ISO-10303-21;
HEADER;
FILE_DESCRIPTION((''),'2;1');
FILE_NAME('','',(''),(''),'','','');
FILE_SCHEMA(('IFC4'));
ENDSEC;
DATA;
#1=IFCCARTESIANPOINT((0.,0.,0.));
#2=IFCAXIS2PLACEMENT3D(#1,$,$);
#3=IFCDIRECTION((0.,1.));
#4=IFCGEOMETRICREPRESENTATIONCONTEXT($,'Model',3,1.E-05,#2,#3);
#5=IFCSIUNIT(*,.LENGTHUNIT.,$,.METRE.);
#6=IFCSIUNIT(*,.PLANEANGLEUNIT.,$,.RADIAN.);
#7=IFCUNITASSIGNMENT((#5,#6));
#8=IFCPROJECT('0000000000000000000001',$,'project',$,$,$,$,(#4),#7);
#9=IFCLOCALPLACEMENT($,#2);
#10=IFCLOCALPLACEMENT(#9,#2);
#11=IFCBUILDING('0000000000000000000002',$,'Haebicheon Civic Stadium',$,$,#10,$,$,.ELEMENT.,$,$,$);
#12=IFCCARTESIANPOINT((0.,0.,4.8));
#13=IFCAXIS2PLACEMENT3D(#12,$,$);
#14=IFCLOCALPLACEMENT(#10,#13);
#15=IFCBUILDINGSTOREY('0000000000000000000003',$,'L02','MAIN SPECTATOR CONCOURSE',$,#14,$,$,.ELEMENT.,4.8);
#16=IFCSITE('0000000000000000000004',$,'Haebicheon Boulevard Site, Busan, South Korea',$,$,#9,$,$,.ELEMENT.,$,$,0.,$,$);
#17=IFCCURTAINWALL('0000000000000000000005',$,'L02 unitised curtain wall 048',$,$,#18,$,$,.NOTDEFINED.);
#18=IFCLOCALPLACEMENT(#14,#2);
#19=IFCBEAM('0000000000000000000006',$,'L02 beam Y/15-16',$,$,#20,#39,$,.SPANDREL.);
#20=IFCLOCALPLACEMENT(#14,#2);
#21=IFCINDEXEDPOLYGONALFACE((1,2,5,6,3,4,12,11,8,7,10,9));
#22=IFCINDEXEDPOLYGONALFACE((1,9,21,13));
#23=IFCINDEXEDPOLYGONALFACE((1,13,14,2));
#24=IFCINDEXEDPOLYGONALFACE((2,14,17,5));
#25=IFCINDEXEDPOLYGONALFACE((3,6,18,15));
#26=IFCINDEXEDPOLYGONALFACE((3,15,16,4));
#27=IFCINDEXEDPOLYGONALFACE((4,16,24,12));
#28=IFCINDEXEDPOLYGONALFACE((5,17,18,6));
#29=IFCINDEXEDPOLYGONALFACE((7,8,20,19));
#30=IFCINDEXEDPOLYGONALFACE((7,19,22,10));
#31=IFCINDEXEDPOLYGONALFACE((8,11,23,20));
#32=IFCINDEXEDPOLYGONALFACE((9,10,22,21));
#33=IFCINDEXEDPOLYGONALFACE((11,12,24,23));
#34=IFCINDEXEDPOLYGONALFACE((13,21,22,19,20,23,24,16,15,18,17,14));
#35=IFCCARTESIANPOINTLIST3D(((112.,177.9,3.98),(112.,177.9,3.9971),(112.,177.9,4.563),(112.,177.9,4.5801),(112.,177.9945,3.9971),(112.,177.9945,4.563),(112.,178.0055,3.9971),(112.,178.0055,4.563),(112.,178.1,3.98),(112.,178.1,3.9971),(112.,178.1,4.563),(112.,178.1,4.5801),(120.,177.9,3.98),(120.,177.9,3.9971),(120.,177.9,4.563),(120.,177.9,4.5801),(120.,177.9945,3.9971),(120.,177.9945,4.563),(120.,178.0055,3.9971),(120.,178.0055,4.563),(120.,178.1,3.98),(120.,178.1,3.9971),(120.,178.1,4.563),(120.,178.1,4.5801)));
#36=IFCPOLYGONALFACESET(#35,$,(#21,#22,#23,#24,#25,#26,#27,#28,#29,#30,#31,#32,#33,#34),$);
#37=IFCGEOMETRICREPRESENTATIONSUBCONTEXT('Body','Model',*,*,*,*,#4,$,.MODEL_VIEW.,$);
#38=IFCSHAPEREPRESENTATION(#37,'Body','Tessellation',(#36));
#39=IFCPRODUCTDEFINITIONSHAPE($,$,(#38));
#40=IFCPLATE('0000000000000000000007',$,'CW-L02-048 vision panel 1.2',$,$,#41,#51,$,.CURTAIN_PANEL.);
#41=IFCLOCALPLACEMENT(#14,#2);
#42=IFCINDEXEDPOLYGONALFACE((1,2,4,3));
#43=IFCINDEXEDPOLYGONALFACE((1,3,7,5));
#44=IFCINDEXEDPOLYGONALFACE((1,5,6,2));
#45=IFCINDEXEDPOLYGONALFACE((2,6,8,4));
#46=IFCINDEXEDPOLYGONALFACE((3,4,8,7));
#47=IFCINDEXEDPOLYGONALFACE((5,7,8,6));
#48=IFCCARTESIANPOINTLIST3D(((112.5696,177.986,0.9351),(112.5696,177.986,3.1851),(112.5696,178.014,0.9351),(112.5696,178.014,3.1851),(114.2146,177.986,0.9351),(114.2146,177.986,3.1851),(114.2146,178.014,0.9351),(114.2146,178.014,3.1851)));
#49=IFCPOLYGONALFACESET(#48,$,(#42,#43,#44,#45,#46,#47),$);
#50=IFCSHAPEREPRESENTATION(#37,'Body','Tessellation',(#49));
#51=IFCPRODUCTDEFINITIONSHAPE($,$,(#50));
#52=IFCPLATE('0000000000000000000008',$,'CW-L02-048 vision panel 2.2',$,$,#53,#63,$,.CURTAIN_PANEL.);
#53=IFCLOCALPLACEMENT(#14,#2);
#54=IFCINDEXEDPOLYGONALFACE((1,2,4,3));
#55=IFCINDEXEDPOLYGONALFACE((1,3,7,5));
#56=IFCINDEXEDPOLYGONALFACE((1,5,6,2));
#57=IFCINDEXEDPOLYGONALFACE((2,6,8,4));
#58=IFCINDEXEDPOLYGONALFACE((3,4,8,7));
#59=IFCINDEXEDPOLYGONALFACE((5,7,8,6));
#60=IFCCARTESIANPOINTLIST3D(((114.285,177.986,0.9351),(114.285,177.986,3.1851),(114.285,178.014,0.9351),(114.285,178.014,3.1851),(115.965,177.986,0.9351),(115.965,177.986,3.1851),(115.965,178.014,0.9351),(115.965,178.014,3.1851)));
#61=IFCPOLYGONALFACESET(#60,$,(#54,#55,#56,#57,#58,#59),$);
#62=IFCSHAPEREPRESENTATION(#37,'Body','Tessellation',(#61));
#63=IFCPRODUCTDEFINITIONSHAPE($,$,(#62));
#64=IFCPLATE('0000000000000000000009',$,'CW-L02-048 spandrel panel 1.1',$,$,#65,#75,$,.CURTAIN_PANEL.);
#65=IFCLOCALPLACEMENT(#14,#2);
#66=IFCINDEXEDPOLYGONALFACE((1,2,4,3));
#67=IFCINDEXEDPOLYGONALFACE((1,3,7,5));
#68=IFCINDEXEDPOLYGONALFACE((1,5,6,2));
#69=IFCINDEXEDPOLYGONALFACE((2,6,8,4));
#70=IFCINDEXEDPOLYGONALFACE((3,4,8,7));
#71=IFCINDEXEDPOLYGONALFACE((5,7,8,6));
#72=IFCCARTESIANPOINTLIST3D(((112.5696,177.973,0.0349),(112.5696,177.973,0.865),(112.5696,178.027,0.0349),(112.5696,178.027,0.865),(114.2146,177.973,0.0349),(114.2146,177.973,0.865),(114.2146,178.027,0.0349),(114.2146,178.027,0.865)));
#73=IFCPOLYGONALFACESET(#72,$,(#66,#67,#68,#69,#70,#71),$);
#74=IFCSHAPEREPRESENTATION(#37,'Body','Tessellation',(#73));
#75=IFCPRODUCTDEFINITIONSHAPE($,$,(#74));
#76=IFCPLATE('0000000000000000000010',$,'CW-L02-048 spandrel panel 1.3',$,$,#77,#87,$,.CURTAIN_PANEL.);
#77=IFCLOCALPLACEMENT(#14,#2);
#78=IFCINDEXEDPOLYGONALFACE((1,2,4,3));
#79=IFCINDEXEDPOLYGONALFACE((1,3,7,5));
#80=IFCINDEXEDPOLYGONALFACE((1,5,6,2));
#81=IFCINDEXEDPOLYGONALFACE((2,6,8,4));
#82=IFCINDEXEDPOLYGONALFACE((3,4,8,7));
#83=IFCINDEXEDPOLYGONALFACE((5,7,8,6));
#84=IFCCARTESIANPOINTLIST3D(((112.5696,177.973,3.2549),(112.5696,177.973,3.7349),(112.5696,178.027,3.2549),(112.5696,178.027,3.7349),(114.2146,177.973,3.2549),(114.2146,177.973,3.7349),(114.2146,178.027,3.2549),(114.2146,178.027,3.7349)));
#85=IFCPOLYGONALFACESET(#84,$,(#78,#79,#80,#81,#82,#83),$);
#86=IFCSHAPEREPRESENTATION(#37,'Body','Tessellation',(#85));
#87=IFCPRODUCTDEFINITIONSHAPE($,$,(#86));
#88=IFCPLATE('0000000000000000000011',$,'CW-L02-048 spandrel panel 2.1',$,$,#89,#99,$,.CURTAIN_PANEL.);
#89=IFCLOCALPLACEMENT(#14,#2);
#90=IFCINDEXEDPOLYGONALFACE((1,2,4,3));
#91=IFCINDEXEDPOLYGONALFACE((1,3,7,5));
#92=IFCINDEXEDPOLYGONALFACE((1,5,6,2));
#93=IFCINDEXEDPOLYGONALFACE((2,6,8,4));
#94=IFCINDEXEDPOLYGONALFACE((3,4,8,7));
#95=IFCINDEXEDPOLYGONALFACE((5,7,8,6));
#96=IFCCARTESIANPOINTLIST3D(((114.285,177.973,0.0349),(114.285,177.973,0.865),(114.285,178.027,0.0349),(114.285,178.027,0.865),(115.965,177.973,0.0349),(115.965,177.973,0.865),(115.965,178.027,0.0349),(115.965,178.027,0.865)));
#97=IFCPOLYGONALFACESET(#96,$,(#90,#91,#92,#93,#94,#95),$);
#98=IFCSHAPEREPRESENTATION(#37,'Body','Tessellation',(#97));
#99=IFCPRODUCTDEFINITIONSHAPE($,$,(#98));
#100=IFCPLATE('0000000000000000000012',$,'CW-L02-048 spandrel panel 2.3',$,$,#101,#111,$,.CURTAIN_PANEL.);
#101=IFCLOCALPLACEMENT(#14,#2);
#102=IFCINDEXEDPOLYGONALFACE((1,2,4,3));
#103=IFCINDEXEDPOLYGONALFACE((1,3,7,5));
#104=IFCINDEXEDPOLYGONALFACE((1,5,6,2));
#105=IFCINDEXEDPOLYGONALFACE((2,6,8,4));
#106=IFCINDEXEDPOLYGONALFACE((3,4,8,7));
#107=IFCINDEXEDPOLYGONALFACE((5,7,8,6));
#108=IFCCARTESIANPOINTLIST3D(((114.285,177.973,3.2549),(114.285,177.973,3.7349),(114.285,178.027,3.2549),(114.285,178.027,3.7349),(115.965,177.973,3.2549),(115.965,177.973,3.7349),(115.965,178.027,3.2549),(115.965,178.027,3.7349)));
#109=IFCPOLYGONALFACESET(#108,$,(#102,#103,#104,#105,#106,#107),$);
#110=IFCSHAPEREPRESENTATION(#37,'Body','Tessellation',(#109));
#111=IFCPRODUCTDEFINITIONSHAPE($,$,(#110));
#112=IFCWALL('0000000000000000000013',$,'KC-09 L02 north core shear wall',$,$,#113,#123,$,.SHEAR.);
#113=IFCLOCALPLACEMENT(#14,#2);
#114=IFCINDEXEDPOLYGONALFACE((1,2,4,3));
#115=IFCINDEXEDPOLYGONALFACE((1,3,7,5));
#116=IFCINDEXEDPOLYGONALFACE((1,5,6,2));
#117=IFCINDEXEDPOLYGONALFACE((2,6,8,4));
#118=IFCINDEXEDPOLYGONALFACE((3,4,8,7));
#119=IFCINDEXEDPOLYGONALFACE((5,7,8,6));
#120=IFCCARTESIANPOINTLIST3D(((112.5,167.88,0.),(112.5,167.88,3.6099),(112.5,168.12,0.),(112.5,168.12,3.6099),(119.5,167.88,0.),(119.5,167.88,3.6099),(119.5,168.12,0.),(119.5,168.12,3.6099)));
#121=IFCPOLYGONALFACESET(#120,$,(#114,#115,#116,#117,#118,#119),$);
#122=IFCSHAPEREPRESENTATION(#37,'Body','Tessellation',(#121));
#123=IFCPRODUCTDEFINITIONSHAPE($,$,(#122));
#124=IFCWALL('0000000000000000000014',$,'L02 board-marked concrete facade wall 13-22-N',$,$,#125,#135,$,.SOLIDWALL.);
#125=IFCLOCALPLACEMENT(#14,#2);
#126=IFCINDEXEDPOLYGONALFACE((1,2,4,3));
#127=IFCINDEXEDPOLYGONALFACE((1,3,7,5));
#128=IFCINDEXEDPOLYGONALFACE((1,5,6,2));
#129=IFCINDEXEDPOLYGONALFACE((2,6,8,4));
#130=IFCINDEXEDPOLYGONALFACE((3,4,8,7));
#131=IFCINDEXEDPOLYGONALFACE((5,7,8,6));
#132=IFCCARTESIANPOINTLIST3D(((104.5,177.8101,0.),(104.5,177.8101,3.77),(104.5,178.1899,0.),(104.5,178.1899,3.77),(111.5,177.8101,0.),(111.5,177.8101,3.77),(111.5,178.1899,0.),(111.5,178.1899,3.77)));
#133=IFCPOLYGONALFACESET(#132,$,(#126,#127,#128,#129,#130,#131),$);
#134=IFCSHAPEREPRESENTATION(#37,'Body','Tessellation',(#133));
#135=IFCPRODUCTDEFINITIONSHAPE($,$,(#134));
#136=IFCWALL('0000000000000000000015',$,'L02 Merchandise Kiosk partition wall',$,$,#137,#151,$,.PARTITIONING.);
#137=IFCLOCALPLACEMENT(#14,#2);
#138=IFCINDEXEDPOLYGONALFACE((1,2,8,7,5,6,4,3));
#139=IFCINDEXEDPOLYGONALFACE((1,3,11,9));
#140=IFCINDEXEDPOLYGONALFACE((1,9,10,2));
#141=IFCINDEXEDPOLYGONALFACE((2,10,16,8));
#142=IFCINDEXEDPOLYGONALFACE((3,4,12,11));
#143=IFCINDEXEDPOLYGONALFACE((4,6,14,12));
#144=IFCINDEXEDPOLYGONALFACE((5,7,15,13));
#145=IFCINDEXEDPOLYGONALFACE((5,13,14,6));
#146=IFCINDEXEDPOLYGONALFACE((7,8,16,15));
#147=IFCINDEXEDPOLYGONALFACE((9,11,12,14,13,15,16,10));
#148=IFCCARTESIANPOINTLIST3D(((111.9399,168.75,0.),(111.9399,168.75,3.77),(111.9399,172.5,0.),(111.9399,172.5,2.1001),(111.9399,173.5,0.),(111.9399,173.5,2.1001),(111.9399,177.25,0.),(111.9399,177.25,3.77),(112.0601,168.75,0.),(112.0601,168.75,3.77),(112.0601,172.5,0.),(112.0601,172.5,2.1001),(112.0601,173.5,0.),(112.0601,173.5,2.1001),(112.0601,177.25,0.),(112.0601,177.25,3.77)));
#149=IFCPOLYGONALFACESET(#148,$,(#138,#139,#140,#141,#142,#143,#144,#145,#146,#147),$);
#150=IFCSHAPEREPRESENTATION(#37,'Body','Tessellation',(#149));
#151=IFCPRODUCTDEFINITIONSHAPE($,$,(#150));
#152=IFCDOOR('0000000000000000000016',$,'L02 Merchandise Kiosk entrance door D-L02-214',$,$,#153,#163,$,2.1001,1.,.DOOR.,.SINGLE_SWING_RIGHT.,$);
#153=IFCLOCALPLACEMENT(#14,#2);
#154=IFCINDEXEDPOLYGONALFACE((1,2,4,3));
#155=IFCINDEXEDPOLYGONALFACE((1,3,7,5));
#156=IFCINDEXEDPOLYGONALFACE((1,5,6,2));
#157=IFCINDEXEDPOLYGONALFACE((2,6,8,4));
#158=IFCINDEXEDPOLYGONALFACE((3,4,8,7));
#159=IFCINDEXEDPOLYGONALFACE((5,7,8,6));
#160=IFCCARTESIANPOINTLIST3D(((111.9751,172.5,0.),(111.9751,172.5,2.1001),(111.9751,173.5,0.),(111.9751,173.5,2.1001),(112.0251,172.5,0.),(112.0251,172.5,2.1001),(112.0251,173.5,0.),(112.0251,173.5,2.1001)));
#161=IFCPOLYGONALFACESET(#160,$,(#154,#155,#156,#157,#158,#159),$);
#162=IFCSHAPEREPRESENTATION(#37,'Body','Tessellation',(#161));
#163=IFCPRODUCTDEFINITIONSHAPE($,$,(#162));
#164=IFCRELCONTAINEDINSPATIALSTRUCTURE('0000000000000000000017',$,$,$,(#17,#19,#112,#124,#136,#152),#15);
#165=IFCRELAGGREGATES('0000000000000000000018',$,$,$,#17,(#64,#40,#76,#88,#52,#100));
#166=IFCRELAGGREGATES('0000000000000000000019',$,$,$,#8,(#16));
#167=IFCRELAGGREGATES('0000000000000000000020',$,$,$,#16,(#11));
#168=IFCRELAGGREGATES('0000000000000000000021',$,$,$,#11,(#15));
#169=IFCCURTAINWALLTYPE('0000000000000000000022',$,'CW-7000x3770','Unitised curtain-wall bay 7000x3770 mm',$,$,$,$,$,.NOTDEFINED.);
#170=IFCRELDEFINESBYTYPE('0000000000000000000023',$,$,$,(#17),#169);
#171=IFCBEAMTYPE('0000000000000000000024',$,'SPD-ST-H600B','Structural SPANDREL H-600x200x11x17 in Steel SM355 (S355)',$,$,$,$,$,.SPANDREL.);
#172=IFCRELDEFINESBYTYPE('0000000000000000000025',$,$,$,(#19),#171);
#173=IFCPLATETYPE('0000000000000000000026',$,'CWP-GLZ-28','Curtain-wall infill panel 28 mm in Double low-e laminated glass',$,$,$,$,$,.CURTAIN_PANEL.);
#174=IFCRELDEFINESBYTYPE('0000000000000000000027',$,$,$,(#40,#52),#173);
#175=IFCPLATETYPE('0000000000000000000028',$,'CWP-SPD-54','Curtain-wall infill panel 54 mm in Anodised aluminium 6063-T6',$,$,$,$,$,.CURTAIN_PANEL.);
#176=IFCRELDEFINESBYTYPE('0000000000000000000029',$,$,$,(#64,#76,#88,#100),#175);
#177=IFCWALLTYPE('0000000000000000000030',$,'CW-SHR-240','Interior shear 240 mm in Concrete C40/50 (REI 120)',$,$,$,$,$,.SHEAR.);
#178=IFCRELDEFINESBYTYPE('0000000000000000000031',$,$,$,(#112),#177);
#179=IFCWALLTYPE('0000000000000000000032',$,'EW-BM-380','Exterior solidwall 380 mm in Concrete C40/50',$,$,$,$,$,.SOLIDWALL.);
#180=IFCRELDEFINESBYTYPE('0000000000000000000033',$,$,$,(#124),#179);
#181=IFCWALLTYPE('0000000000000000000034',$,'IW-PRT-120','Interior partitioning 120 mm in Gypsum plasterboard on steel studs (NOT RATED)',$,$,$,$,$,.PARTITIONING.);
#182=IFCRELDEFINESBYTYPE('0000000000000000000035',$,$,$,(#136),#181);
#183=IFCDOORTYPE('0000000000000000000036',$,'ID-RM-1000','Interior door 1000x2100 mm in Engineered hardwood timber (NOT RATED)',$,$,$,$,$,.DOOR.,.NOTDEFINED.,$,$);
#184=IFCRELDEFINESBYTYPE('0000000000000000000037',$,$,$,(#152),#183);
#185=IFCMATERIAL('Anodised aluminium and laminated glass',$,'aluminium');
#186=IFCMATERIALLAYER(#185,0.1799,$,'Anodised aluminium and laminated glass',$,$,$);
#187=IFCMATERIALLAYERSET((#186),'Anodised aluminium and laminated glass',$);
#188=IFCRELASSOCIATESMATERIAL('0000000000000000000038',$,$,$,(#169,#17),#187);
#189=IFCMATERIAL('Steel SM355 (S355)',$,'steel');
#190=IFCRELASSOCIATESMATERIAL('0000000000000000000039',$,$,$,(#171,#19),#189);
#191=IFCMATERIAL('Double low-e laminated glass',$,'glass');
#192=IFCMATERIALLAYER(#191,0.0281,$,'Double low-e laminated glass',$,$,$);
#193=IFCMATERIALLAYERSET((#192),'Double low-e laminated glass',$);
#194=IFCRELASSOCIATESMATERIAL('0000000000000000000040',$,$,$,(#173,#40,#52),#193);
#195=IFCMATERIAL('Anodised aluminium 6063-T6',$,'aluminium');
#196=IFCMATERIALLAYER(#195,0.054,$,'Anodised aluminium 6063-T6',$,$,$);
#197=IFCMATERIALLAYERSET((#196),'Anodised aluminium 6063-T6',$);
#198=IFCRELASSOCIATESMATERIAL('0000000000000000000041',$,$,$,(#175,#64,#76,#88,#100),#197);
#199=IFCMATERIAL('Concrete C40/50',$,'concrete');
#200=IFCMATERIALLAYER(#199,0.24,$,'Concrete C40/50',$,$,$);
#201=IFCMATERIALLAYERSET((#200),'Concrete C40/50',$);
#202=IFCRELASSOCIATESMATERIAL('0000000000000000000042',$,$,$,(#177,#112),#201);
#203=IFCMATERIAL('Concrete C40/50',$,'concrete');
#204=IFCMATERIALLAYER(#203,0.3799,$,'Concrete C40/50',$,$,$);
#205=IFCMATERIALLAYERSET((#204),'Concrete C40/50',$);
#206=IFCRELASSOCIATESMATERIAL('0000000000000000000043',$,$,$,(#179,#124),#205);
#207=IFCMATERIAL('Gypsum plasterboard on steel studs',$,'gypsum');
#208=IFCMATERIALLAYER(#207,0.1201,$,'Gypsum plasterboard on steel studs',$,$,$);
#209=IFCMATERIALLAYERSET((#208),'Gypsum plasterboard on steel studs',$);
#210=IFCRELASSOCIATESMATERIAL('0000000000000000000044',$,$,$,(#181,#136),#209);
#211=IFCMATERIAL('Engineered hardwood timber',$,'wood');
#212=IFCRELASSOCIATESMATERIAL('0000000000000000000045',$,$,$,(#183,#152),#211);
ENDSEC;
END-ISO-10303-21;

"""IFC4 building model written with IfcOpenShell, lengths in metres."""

from ifc_helpers import new_model, si_unit, direction, frame, frame_2d, origin, origin_2d, place, context, subcontext, project, spatial, rectangle, i_section, extrude, material, layer, layer_set, material_profile, profile_set, type_object, element, fill, aggregate, save


model = new_model("IFC4")

# Units and contexts
model_context = context("Model", 3, precision=1e-05, world=origin(), true_north=direction((0.0, 1.0)))
body_context = subcontext(model_context, "Body", "Model", "MODEL_VIEW")
ifc_project = project(units=[si_unit("LENGTHUNIT", "METRE"), si_unit("PLANEANGLEUNIT", "RADIAN")], contexts=[model_context])

# Site, building, storey
site_placement = place(None, origin())
site = spatial("IfcSite", under=ifc_project, at=site_placement, Name="Haebicheon Boulevard Site, Busan, South Korea", CompositionType="ELEMENT", RefElevation=0.0)
building_placement = place(site_placement, origin())
building = spatial("IfcBuilding", under=site, at=building_placement, Name="Haebicheon Civic Stadium", CompositionType="ELEMENT")
storey_placement = place(building_placement, frame((0.0, 0.0, 4.8)))
storey = spatial("IfcBuildingStorey", under=building, at=storey_placement, Name="L02", Description="MAIN SPECTATOR CONCOURSE", CompositionType="ELEMENT", Elevation=4.8)

# Curtain wall
ifc_material_1 = material(Name="Anodised aluminium and laminated glass", Category="aluminium")
ifc_layer_1 = layer(ifc_material_1, 0.1799, Name="Anodised aluminium and laminated glass")
ifc_layer_set_1 = layer_set([ifc_layer_1], Name="Anodised aluminium and laminated glass")
curtain_wall_type = type_object("IfcCurtainWallType", Name="CW-7000x3770", Description="Unitised curtain-wall bay 7000x3770 mm", PredefinedType="NOTDEFINED", material=ifc_layer_set_1)
curtain_wall_placement = place(storey_placement, origin())
curtain_wall = element("IfcCurtainWall", 1, at=curtain_wall_placement, inside=storey, type_object=curtain_wall_type, material=ifc_layer_set_1, Name="L02 unitised curtain wall 048", PredefinedType="NOTDEFINED")

# Beam
ifc_material_2 = material(Name="Steel SM355 (S355)", Category="steel")
ifc_material_profile_1 = material_profile(ifc_material_2, i_section(OverallWidth=0.2, OverallDepth=0.6001, WebThickness=0.011, FlangeThickness=0.0171, at=origin_2d()), Name="H-600x200x11x17")
ifc_profile_set_1 = profile_set([ifc_material_profile_1], Name="Steel SM355 (S355)")
beam_type_1 = type_object("IfcBeamType", Name="SPD-ST-H600B", Description="Structural SPANDREL H-600x200x11x17 in Steel SM355 (S355)", PredefinedType="SPANDREL", material=ifc_profile_set_1)
for number, where, z_axis, x_axis, name in (
    (2, (112.0, 178.0, 4.28), (1.0, 0.0, 0.0), (0.0, 1.0, 0.0), "L02 beam Y/15-16"),
):
    element("IfcBeam", number, at=place(storey_placement, frame(where, z_axis=z_axis, x_axis=x_axis)), inside=storey, type_object=beam_type_1, material=ifc_profile_set_1, Name=name, PredefinedType="SPANDREL", context=body_context, shape_type="SweptSolid", body=[
        extrude(i_section(OverallWidth=0.2, OverallDepth=0.6001, WebThickness=0.011, FlangeThickness=0.0171, at=origin_2d()), origin(), (0.0, 0.0, 1.0), 8.0),
    ])

# Plates
ifc_material_3 = material(Name="Double low-e laminated glass", Category="glass")
ifc_layer_2 = layer(ifc_material_3, 0.0281, Name="Double low-e laminated glass")
ifc_layer_set_2 = layer_set([ifc_layer_2], Name="Double low-e laminated glass")
plate_type_1 = type_object("IfcPlateType", Name="CWP-GLZ-28", Description="Curtain-wall infill panel 28 mm in Double low-e laminated glass", PredefinedType="CURTAIN_PANEL", material=ifc_layer_set_2)
plate_1_placement = place(storey_placement, frame((113.3921, 178.0, 0.9351), z_axis=(0.0, 0.0, 1.0), x_axis=(1.0, 0.0, 0.0)))
plate_1 = element("IfcPlate", 3, at=plate_1_placement, type_object=plate_type_1, material=ifc_layer_set_2, Name="CW-L02-048 vision panel 1.2", PredefinedType="CURTAIN_PANEL", context=body_context, shape_type="SweptSolid", body=[
    extrude(rectangle(XDim=1.645, YDim=0.0281, at=origin_2d()), origin(), (0.0, 0.0, 1.0), 2.25),
])
plate_2_placement = place(storey_placement, frame((115.125, 178.0, 0.9351), z_axis=(0.0, 0.0, 1.0), x_axis=(1.0, 0.0, 0.0)))
plate_2 = element("IfcPlate", 4, at=plate_2_placement, type_object=plate_type_1, material=ifc_layer_set_2, Name="CW-L02-048 vision panel 2.2", PredefinedType="CURTAIN_PANEL", context=body_context, shape_type="SweptSolid", body=[
    extrude(rectangle(XDim=1.6799, YDim=0.0281, at=origin_2d()), origin(), (0.0, 0.0, 1.0), 2.25),
])
ifc_material_4 = material(Name="Anodised aluminium 6063-T6", Category="aluminium")
ifc_layer_3 = layer(ifc_material_4, 0.054, Name="Anodised aluminium 6063-T6")
ifc_layer_set_3 = layer_set([ifc_layer_3], Name="Anodised aluminium 6063-T6")
plate_type_2 = type_object("IfcPlateType", Name="CWP-SPD-54", Description="Curtain-wall infill panel 54 mm in Anodised aluminium 6063-T6", PredefinedType="CURTAIN_PANEL", material=ifc_layer_set_3)
plate_3_placement = place(storey_placement, frame((113.3921, 178.0, 0.0349), z_axis=(0.0, 0.0, 1.0), x_axis=(1.0, 0.0, 0.0)))
plate_3 = element("IfcPlate", 5, at=plate_3_placement, type_object=plate_type_2, material=ifc_layer_set_3, Name="CW-L02-048 spandrel panel 1.1", PredefinedType="CURTAIN_PANEL", context=body_context, shape_type="SweptSolid", body=[
    extrude(rectangle(XDim=1.645, YDim=0.054, at=origin_2d()), origin(), (0.0, 0.0, 1.0), 0.8301),
])
plate_4_placement = place(storey_placement, frame((113.3921, 178.0, 3.2549), z_axis=(0.0, 0.0, 1.0), x_axis=(1.0, 0.0, 0.0)))
plate_4 = element("IfcPlate", 6, at=plate_4_placement, type_object=plate_type_2, material=ifc_layer_set_3, Name="CW-L02-048 spandrel panel 1.3", PredefinedType="CURTAIN_PANEL", context=body_context, shape_type="SweptSolid", body=[
    extrude(rectangle(XDim=1.645, YDim=0.054, at=origin_2d()), origin(), (0.0, 0.0, 1.0), 0.48),
])
plate_5_placement = place(storey_placement, frame((115.125, 178.0, 0.0349), z_axis=(0.0, 0.0, 1.0), x_axis=(1.0, 0.0, 0.0)))
plate_5 = element("IfcPlate", 7, at=plate_5_placement, type_object=plate_type_2, material=ifc_layer_set_3, Name="CW-L02-048 spandrel panel 2.1", PredefinedType="CURTAIN_PANEL", context=body_context, shape_type="SweptSolid", body=[
    extrude(rectangle(XDim=1.6799, YDim=0.054, at=origin_2d()), origin(), (0.0, 0.0, 1.0), 0.8301),
])
plate_6_placement = place(storey_placement, frame((115.125, 178.0, 3.2549), z_axis=(0.0, 0.0, 1.0), x_axis=(1.0, 0.0, 0.0)))
plate_6 = element("IfcPlate", 8, at=plate_6_placement, type_object=plate_type_2, material=ifc_layer_set_3, Name="CW-L02-048 spandrel panel 2.3", PredefinedType="CURTAIN_PANEL", context=body_context, shape_type="SweptSolid", body=[
    extrude(rectangle(XDim=1.6799, YDim=0.054, at=origin_2d()), origin(), (0.0, 0.0, 1.0), 0.48),
])
aggregate(curtain_wall, [plate_3, plate_1, plate_4, plate_5, plate_2, plate_6])

# Walls
ifc_material_5 = material(Name="Concrete C40/50", Category="concrete")
ifc_layer_4 = layer(ifc_material_5, 0.24, Name="Concrete C40/50")
ifc_layer_set_4 = layer_set([ifc_layer_4], Name="Concrete C40/50")
wall_type_1 = type_object("IfcWallType", Name="CW-SHR-240", Description="Interior shear 240 mm in Concrete C40/50 (REI 120)", PredefinedType="SHEAR", material=ifc_layer_set_4)
wall_1_placement = place(storey_placement, frame((112.5, 168.0, 0.0), z_axis=(0.0, 0.0, 1.0), x_axis=(1.0, 0.0, 0.0)))
element("IfcWall", 9, at=wall_1_placement, inside=storey, type_object=wall_type_1, material=ifc_layer_set_4, Name="KC-09 L02 north core shear wall", PredefinedType="SHEAR", context=body_context, shape_type="SweptSolid", body=[
    extrude(rectangle(XDim=7.0, YDim=0.24, at=frame_2d((3.5, 0.0))), origin(), (0.0, 0.0, 1.0), 3.6099),
])
ifc_material_6 = material(Name="Concrete C40/50", Category="concrete")
ifc_layer_5 = layer(ifc_material_6, 0.3799, Name="Concrete C40/50")
ifc_layer_set_5 = layer_set([ifc_layer_5], Name="Concrete C40/50")
wall_type_2 = type_object("IfcWallType", Name="EW-BM-380", Description="Exterior solidwall 380 mm in Concrete C40/50", PredefinedType="SOLIDWALL", material=ifc_layer_set_5)
wall_2_placement = place(storey_placement, frame((104.5, 178.0, 0.0), z_axis=(0.0, 0.0, 1.0), x_axis=(1.0, 0.0, 0.0)))
element("IfcWall", 10, at=wall_2_placement, inside=storey, type_object=wall_type_2, material=ifc_layer_set_5, Name="L02 board-marked concrete facade wall 13-22-N", PredefinedType="SOLIDWALL", context=body_context, shape_type="SweptSolid", body=[
    extrude(rectangle(XDim=7.0, YDim=0.3799, at=frame_2d((3.5, 0.0))), origin(), (0.0, 0.0, 1.0), 3.77),
])

# Wall, opening, door
ifc_material_7 = material(Name="Gypsum plasterboard on steel studs", Category="gypsum")
ifc_layer_6 = layer(ifc_material_7, 0.1201, Name="Gypsum plasterboard on steel studs")
ifc_layer_set_6 = layer_set([ifc_layer_6], Name="Gypsum plasterboard on steel studs")
wall_type_3 = type_object("IfcWallType", Name="IW-PRT-120", Description="Interior partitioning 120 mm in Gypsum plasterboard on steel studs (NOT RATED)", PredefinedType="PARTITIONING", material=ifc_layer_set_6)
wall_3_placement = place(storey_placement, frame((112.0, 168.75, 0.0), z_axis=(0.0, 0.0, 1.0), x_axis=(0.0, 1.0, 0.0)))
wall_3 = element("IfcWall", 11, at=wall_3_placement, inside=storey, type_object=wall_type_3, material=ifc_layer_set_6, Name="L02 Merchandise Kiosk partition wall", PredefinedType="PARTITIONING", context=body_context, shape_type="SweptSolid", body=[
    extrude(rectangle(XDim=8.5, YDim=0.1201, at=frame_2d((4.25, 0.0))), origin(), (0.0, 0.0, 1.0), 3.77),
])
opening_placement = place(wall_3_placement, frame((3.75, 0.0, 0.0)))
opening = element("IfcOpeningElement", 12, at=opening_placement, cuts=wall_3, PredefinedType="OPENING", context=body_context, shape_type="SweptSolid", body=[
    extrude(rectangle(XDim=1.0, YDim=2.1001, at=frame_2d((0.5, 1.05))), frame((0.0, 0.0701, 0.0), z_axis=(0.0, -1.0, 0.0), x_axis=(1.0, 0.0, 0.0)), (0.0, 0.0, 1.0), 0.1401),
])
ifc_material_8 = material(Name="Engineered hardwood timber", Category="wood")
door_type = type_object("IfcDoorType", Name="ID-RM-1000", Description="Interior door 1000x2100 mm in Engineered hardwood timber (NOT RATED)", OperationType="NOTDEFINED", PredefinedType="DOOR", material=ifc_material_8)
door_placement = place(opening_placement, origin())
door = element("IfcDoor", 13, at=door_placement, inside=storey, type_object=door_type, material=ifc_material_8, Name="L02 Merchandise Kiosk entrance door D-L02-214", OperationType="SINGLE_SWING_RIGHT", OverallHeight=2.1001, OverallWidth=1.0, PredefinedType="DOOR", context=body_context, shape_type="SweptSolid", body=[
    extrude(rectangle(XDim=1.0, YDim=2.1001, at=frame_2d((0.5, 1.05))), frame((0.0, 0.0249, 0.0), z_axis=(0.0, -1.0, 0.0), x_axis=(1.0, 0.0, 0.0)), (0.0, 0.0, 1.0), 0.05),
])
fill(opening, door)

save(model, "model.ifc")
